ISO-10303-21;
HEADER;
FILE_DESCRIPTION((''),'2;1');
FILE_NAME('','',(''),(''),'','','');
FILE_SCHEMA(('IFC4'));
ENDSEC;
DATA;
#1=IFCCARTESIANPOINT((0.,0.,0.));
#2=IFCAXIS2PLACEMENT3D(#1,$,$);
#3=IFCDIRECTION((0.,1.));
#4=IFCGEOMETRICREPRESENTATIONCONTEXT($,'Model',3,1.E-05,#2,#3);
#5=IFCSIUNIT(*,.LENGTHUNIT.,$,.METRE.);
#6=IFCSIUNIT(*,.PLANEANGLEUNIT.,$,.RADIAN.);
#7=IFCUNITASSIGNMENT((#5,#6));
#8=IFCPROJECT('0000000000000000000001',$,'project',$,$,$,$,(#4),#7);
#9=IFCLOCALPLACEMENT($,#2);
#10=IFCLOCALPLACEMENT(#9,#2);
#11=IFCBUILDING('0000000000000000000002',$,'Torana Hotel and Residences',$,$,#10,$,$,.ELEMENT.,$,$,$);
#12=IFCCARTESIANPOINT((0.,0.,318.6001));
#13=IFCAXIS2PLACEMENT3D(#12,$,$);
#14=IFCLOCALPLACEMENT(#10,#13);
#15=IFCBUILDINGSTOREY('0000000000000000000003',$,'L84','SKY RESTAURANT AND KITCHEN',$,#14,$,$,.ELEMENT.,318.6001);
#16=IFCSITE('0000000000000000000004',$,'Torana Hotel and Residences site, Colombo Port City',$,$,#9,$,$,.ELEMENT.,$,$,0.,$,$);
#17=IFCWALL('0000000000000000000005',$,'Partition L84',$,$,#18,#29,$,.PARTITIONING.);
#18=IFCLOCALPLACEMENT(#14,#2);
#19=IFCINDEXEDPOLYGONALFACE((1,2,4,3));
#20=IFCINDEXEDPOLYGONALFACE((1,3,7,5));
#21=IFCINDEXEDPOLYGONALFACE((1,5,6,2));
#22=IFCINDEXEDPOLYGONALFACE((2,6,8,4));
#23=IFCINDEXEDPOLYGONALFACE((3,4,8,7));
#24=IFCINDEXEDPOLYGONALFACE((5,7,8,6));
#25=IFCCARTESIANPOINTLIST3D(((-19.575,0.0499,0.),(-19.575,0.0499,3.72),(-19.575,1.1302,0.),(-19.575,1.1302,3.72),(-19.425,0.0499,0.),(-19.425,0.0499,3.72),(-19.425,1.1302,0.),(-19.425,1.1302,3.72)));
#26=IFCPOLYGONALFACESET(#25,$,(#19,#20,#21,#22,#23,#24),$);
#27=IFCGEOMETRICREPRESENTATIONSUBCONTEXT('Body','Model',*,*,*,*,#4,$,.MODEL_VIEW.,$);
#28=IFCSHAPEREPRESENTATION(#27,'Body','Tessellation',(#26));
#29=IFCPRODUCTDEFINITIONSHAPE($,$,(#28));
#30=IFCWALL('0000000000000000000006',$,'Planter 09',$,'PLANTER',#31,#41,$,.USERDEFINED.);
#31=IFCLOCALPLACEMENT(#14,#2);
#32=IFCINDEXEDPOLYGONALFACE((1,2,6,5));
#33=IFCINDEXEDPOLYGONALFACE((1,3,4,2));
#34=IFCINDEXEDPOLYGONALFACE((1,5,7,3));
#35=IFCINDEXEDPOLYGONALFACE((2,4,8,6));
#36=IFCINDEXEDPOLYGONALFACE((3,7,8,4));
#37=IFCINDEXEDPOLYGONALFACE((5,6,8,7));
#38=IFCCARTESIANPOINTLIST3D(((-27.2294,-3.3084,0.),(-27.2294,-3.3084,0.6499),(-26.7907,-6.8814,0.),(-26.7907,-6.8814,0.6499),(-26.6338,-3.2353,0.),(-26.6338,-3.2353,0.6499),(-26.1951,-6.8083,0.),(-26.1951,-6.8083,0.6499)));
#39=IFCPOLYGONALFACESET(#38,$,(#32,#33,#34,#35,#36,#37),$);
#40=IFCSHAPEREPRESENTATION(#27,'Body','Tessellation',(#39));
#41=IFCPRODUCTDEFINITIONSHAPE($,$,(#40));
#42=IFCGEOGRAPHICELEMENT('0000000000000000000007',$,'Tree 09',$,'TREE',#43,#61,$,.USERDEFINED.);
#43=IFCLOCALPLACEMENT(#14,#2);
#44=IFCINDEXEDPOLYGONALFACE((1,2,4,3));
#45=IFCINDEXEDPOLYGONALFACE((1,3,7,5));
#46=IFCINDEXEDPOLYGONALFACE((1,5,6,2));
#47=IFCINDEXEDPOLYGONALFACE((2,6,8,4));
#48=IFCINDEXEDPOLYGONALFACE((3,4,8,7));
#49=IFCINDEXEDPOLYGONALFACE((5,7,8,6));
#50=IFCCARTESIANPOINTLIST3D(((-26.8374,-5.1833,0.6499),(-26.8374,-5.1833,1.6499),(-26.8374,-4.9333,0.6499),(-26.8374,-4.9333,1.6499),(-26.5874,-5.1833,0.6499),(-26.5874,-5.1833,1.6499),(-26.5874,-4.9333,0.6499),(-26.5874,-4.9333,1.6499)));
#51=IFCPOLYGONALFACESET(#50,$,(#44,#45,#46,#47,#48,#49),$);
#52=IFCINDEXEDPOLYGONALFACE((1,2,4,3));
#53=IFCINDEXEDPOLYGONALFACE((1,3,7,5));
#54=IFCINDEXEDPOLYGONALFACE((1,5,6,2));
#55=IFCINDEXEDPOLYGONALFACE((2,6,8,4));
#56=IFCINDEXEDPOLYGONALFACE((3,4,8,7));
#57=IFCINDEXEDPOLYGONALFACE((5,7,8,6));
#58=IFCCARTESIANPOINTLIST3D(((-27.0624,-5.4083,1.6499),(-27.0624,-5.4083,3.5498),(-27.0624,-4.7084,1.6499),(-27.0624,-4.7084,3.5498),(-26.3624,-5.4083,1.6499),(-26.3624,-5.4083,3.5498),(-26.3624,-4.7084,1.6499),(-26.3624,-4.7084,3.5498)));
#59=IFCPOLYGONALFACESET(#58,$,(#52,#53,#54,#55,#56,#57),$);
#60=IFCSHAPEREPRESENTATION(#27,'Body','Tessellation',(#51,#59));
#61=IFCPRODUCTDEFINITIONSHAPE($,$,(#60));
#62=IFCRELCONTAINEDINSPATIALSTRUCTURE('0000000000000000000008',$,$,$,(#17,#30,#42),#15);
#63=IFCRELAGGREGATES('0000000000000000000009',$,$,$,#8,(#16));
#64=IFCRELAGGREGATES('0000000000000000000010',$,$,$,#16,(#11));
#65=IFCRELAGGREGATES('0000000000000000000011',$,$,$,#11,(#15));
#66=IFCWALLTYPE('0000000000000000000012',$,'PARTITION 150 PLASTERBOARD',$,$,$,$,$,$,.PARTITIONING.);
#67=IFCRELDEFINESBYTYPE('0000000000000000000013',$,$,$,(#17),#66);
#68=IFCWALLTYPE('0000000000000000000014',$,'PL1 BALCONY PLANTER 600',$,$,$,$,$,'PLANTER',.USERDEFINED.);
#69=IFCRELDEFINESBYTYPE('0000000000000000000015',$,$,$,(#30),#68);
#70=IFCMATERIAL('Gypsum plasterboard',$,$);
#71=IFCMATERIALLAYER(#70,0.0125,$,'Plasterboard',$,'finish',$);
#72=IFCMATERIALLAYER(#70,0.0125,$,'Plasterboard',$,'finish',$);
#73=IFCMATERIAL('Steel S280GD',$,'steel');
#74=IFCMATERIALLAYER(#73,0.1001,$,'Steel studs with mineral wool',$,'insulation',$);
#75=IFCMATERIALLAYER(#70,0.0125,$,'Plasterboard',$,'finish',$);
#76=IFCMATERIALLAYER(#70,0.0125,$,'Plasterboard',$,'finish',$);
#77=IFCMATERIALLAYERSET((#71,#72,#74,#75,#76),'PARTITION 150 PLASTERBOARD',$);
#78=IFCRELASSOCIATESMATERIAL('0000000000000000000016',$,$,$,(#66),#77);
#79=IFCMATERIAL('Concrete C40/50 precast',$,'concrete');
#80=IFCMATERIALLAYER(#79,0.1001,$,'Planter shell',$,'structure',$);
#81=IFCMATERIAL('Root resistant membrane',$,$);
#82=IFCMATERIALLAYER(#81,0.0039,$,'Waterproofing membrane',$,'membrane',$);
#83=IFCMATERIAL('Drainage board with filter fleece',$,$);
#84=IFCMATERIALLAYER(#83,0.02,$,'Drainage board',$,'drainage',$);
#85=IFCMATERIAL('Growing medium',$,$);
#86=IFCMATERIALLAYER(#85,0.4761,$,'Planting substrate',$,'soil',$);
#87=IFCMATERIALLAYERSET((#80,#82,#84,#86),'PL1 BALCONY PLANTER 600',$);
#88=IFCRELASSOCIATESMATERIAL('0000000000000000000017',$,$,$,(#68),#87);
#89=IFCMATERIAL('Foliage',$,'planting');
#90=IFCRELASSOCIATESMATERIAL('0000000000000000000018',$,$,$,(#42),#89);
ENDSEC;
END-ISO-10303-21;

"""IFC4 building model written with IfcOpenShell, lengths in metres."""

from ifc_helpers import new_model, si_unit, direction, frame, frame_2d, origin, origin_2d, place, context, subcontext, project, spatial, rectangle, extrude, material, layer, layer_set, type_object, element, save


model = new_model("IFC4")

# Units and contexts
model_context = context("Model", 3, precision=1e-05, world=origin(), true_north=direction((0.0, 1.0)))
body_context = subcontext(model_context, "Body", "Model", "MODEL_VIEW")
ifc_project = project(units=[si_unit("LENGTHUNIT", "METRE"), si_unit("PLANEANGLEUNIT", "RADIAN")], contexts=[model_context])

# Site, building, storey
site_placement = place(None, origin())
site = spatial("IfcSite", under=ifc_project, at=site_placement, Name="Torana Hotel and Residences site, Colombo Port City", CompositionType="ELEMENT", RefElevation=0.0)
building_placement = place(site_placement, origin())
building = spatial("IfcBuilding", under=site, at=building_placement, Name="Torana Hotel and Residences", CompositionType="ELEMENT")
storey_placement = place(building_placement, frame((0.0, 0.0, 318.6001)))
storey = spatial("IfcBuildingStorey", under=building, at=storey_placement, Name="L84", Description="SKY RESTAURANT AND KITCHEN", CompositionType="ELEMENT", Elevation=318.6001)

# Shared definitions
ifc_material_1 = material(Name="Steel S280GD", Category="steel")

# Walls
ifc_material_2 = material(Name="Gypsum plasterboard")
ifc_layer_1 = layer(ifc_material_2, 0.0125, Name="Plasterboard", Category="finish")
ifc_layer_2 = layer(ifc_material_2, 0.0125, Name="Plasterboard", Category="finish")
ifc_layer_3 = layer(ifc_material_1, 0.1001, Name="Steel studs with mineral wool", Category="insulation")
ifc_layer_4 = layer(ifc_material_2, 0.0125, Name="Plasterboard", Category="finish")
ifc_layer_5 = layer(ifc_material_2, 0.0125, Name="Plasterboard", Category="finish")
ifc_layer_set_1 = layer_set([ifc_layer_1, ifc_layer_2, ifc_layer_3, ifc_layer_4, ifc_layer_5], Name="PARTITION 150 PLASTERBOARD")
wall_type_1 = type_object("IfcWallType", Name="PARTITION 150 PLASTERBOARD", PredefinedType="PARTITIONING", material=ifc_layer_set_1)
wall_1_placement = place(storey_placement, frame((-19.5, 0.05, 0.0), z_axis=(0.0, 0.0, 1.0), x_axis=(0.0, 1.0, 0.0)))
element("IfcWall", 1, at=wall_1_placement, inside=storey, type_object=wall_type_1, Name="Partition L84", PredefinedType="PARTITIONING", context=body_context, shape_type="SweptSolid", body=[
    extrude(rectangle(XDim=1.0803, YDim=0.1499, at=frame_2d((0.54, 0.0))), origin(), (0.0, 0.0, 1.0), 3.72),
])
ifc_material_3 = material(Name="Concrete C40/50 precast", Category="concrete")
ifc_layer_6 = layer(ifc_material_3, 0.1001, Name="Planter shell", Category="structure")
ifc_material_4 = material(Name="Root resistant membrane")
ifc_layer_7 = layer(ifc_material_4, 0.0039, Name="Waterproofing membrane", Category="membrane")
ifc_material_5 = material(Name="Drainage board with filter fleece")
ifc_layer_8 = layer(ifc_material_5, 0.02, Name="Drainage board", Category="drainage")
ifc_material_6 = material(Name="Growing medium")
ifc_layer_9 = layer(ifc_material_6, 0.4761, Name="Planting substrate", Category="soil")
ifc_layer_set_2 = layer_set([ifc_layer_6, ifc_layer_7, ifc_layer_8, ifc_layer_9], Name="PL1 BALCONY PLANTER 600")
wall_type_2 = type_object("IfcWallType", Name="PL1 BALCONY PLANTER 600", ElementType="PLANTER", PredefinedType="USERDEFINED", material=ifc_layer_set_2)
wall_2_placement = place(storey_placement, frame((-26.4929, -6.8447, 0.0), z_axis=(0.0, 0.0, 1.0), x_axis=(-0.121873, 0.992546, 0.0)))
element("IfcWall", 2, at=wall_2_placement, inside=storey, type_object=wall_type_2, Name="Planter 09", ObjectType="PLANTER", PredefinedType="USERDEFINED", context=body_context, shape_type="SweptSolid", body=[
    extrude(rectangle(XDim=3.5999, YDim=0.6001, at=frame_2d((1.7998, 0.0))), origin(), (0.0, 0.0, 1.0), 0.6499),
])

# Geographic element
ifc_material_7 = material(Name="Foliage", Category="planting")
geographic_element_placement = place(storey_placement, frame((-26.7124, -5.0583, 0.6499), z_axis=(0.0, 0.0, 1.0), x_axis=(1.0, 0.0, 0.0)))
element("IfcGeographicElement", 3, at=geographic_element_placement, inside=storey, material=ifc_material_7, Name="Tree 09", ObjectType="TREE", PredefinedType="USERDEFINED", context=body_context, shape_type="SweptSolid", body=[
    extrude(rectangle(XDim=0.25, YDim=0.25, at=origin_2d()), origin(), (0.0, 0.0, 1.0), 1.0),
    extrude(rectangle(XDim=0.7, YDim=0.7, at=origin_2d()), frame((0.0, 0.0, 1.0)), (0.0, 0.0, 1.0), 1.8999),
])

save(model, "model.ifc")
